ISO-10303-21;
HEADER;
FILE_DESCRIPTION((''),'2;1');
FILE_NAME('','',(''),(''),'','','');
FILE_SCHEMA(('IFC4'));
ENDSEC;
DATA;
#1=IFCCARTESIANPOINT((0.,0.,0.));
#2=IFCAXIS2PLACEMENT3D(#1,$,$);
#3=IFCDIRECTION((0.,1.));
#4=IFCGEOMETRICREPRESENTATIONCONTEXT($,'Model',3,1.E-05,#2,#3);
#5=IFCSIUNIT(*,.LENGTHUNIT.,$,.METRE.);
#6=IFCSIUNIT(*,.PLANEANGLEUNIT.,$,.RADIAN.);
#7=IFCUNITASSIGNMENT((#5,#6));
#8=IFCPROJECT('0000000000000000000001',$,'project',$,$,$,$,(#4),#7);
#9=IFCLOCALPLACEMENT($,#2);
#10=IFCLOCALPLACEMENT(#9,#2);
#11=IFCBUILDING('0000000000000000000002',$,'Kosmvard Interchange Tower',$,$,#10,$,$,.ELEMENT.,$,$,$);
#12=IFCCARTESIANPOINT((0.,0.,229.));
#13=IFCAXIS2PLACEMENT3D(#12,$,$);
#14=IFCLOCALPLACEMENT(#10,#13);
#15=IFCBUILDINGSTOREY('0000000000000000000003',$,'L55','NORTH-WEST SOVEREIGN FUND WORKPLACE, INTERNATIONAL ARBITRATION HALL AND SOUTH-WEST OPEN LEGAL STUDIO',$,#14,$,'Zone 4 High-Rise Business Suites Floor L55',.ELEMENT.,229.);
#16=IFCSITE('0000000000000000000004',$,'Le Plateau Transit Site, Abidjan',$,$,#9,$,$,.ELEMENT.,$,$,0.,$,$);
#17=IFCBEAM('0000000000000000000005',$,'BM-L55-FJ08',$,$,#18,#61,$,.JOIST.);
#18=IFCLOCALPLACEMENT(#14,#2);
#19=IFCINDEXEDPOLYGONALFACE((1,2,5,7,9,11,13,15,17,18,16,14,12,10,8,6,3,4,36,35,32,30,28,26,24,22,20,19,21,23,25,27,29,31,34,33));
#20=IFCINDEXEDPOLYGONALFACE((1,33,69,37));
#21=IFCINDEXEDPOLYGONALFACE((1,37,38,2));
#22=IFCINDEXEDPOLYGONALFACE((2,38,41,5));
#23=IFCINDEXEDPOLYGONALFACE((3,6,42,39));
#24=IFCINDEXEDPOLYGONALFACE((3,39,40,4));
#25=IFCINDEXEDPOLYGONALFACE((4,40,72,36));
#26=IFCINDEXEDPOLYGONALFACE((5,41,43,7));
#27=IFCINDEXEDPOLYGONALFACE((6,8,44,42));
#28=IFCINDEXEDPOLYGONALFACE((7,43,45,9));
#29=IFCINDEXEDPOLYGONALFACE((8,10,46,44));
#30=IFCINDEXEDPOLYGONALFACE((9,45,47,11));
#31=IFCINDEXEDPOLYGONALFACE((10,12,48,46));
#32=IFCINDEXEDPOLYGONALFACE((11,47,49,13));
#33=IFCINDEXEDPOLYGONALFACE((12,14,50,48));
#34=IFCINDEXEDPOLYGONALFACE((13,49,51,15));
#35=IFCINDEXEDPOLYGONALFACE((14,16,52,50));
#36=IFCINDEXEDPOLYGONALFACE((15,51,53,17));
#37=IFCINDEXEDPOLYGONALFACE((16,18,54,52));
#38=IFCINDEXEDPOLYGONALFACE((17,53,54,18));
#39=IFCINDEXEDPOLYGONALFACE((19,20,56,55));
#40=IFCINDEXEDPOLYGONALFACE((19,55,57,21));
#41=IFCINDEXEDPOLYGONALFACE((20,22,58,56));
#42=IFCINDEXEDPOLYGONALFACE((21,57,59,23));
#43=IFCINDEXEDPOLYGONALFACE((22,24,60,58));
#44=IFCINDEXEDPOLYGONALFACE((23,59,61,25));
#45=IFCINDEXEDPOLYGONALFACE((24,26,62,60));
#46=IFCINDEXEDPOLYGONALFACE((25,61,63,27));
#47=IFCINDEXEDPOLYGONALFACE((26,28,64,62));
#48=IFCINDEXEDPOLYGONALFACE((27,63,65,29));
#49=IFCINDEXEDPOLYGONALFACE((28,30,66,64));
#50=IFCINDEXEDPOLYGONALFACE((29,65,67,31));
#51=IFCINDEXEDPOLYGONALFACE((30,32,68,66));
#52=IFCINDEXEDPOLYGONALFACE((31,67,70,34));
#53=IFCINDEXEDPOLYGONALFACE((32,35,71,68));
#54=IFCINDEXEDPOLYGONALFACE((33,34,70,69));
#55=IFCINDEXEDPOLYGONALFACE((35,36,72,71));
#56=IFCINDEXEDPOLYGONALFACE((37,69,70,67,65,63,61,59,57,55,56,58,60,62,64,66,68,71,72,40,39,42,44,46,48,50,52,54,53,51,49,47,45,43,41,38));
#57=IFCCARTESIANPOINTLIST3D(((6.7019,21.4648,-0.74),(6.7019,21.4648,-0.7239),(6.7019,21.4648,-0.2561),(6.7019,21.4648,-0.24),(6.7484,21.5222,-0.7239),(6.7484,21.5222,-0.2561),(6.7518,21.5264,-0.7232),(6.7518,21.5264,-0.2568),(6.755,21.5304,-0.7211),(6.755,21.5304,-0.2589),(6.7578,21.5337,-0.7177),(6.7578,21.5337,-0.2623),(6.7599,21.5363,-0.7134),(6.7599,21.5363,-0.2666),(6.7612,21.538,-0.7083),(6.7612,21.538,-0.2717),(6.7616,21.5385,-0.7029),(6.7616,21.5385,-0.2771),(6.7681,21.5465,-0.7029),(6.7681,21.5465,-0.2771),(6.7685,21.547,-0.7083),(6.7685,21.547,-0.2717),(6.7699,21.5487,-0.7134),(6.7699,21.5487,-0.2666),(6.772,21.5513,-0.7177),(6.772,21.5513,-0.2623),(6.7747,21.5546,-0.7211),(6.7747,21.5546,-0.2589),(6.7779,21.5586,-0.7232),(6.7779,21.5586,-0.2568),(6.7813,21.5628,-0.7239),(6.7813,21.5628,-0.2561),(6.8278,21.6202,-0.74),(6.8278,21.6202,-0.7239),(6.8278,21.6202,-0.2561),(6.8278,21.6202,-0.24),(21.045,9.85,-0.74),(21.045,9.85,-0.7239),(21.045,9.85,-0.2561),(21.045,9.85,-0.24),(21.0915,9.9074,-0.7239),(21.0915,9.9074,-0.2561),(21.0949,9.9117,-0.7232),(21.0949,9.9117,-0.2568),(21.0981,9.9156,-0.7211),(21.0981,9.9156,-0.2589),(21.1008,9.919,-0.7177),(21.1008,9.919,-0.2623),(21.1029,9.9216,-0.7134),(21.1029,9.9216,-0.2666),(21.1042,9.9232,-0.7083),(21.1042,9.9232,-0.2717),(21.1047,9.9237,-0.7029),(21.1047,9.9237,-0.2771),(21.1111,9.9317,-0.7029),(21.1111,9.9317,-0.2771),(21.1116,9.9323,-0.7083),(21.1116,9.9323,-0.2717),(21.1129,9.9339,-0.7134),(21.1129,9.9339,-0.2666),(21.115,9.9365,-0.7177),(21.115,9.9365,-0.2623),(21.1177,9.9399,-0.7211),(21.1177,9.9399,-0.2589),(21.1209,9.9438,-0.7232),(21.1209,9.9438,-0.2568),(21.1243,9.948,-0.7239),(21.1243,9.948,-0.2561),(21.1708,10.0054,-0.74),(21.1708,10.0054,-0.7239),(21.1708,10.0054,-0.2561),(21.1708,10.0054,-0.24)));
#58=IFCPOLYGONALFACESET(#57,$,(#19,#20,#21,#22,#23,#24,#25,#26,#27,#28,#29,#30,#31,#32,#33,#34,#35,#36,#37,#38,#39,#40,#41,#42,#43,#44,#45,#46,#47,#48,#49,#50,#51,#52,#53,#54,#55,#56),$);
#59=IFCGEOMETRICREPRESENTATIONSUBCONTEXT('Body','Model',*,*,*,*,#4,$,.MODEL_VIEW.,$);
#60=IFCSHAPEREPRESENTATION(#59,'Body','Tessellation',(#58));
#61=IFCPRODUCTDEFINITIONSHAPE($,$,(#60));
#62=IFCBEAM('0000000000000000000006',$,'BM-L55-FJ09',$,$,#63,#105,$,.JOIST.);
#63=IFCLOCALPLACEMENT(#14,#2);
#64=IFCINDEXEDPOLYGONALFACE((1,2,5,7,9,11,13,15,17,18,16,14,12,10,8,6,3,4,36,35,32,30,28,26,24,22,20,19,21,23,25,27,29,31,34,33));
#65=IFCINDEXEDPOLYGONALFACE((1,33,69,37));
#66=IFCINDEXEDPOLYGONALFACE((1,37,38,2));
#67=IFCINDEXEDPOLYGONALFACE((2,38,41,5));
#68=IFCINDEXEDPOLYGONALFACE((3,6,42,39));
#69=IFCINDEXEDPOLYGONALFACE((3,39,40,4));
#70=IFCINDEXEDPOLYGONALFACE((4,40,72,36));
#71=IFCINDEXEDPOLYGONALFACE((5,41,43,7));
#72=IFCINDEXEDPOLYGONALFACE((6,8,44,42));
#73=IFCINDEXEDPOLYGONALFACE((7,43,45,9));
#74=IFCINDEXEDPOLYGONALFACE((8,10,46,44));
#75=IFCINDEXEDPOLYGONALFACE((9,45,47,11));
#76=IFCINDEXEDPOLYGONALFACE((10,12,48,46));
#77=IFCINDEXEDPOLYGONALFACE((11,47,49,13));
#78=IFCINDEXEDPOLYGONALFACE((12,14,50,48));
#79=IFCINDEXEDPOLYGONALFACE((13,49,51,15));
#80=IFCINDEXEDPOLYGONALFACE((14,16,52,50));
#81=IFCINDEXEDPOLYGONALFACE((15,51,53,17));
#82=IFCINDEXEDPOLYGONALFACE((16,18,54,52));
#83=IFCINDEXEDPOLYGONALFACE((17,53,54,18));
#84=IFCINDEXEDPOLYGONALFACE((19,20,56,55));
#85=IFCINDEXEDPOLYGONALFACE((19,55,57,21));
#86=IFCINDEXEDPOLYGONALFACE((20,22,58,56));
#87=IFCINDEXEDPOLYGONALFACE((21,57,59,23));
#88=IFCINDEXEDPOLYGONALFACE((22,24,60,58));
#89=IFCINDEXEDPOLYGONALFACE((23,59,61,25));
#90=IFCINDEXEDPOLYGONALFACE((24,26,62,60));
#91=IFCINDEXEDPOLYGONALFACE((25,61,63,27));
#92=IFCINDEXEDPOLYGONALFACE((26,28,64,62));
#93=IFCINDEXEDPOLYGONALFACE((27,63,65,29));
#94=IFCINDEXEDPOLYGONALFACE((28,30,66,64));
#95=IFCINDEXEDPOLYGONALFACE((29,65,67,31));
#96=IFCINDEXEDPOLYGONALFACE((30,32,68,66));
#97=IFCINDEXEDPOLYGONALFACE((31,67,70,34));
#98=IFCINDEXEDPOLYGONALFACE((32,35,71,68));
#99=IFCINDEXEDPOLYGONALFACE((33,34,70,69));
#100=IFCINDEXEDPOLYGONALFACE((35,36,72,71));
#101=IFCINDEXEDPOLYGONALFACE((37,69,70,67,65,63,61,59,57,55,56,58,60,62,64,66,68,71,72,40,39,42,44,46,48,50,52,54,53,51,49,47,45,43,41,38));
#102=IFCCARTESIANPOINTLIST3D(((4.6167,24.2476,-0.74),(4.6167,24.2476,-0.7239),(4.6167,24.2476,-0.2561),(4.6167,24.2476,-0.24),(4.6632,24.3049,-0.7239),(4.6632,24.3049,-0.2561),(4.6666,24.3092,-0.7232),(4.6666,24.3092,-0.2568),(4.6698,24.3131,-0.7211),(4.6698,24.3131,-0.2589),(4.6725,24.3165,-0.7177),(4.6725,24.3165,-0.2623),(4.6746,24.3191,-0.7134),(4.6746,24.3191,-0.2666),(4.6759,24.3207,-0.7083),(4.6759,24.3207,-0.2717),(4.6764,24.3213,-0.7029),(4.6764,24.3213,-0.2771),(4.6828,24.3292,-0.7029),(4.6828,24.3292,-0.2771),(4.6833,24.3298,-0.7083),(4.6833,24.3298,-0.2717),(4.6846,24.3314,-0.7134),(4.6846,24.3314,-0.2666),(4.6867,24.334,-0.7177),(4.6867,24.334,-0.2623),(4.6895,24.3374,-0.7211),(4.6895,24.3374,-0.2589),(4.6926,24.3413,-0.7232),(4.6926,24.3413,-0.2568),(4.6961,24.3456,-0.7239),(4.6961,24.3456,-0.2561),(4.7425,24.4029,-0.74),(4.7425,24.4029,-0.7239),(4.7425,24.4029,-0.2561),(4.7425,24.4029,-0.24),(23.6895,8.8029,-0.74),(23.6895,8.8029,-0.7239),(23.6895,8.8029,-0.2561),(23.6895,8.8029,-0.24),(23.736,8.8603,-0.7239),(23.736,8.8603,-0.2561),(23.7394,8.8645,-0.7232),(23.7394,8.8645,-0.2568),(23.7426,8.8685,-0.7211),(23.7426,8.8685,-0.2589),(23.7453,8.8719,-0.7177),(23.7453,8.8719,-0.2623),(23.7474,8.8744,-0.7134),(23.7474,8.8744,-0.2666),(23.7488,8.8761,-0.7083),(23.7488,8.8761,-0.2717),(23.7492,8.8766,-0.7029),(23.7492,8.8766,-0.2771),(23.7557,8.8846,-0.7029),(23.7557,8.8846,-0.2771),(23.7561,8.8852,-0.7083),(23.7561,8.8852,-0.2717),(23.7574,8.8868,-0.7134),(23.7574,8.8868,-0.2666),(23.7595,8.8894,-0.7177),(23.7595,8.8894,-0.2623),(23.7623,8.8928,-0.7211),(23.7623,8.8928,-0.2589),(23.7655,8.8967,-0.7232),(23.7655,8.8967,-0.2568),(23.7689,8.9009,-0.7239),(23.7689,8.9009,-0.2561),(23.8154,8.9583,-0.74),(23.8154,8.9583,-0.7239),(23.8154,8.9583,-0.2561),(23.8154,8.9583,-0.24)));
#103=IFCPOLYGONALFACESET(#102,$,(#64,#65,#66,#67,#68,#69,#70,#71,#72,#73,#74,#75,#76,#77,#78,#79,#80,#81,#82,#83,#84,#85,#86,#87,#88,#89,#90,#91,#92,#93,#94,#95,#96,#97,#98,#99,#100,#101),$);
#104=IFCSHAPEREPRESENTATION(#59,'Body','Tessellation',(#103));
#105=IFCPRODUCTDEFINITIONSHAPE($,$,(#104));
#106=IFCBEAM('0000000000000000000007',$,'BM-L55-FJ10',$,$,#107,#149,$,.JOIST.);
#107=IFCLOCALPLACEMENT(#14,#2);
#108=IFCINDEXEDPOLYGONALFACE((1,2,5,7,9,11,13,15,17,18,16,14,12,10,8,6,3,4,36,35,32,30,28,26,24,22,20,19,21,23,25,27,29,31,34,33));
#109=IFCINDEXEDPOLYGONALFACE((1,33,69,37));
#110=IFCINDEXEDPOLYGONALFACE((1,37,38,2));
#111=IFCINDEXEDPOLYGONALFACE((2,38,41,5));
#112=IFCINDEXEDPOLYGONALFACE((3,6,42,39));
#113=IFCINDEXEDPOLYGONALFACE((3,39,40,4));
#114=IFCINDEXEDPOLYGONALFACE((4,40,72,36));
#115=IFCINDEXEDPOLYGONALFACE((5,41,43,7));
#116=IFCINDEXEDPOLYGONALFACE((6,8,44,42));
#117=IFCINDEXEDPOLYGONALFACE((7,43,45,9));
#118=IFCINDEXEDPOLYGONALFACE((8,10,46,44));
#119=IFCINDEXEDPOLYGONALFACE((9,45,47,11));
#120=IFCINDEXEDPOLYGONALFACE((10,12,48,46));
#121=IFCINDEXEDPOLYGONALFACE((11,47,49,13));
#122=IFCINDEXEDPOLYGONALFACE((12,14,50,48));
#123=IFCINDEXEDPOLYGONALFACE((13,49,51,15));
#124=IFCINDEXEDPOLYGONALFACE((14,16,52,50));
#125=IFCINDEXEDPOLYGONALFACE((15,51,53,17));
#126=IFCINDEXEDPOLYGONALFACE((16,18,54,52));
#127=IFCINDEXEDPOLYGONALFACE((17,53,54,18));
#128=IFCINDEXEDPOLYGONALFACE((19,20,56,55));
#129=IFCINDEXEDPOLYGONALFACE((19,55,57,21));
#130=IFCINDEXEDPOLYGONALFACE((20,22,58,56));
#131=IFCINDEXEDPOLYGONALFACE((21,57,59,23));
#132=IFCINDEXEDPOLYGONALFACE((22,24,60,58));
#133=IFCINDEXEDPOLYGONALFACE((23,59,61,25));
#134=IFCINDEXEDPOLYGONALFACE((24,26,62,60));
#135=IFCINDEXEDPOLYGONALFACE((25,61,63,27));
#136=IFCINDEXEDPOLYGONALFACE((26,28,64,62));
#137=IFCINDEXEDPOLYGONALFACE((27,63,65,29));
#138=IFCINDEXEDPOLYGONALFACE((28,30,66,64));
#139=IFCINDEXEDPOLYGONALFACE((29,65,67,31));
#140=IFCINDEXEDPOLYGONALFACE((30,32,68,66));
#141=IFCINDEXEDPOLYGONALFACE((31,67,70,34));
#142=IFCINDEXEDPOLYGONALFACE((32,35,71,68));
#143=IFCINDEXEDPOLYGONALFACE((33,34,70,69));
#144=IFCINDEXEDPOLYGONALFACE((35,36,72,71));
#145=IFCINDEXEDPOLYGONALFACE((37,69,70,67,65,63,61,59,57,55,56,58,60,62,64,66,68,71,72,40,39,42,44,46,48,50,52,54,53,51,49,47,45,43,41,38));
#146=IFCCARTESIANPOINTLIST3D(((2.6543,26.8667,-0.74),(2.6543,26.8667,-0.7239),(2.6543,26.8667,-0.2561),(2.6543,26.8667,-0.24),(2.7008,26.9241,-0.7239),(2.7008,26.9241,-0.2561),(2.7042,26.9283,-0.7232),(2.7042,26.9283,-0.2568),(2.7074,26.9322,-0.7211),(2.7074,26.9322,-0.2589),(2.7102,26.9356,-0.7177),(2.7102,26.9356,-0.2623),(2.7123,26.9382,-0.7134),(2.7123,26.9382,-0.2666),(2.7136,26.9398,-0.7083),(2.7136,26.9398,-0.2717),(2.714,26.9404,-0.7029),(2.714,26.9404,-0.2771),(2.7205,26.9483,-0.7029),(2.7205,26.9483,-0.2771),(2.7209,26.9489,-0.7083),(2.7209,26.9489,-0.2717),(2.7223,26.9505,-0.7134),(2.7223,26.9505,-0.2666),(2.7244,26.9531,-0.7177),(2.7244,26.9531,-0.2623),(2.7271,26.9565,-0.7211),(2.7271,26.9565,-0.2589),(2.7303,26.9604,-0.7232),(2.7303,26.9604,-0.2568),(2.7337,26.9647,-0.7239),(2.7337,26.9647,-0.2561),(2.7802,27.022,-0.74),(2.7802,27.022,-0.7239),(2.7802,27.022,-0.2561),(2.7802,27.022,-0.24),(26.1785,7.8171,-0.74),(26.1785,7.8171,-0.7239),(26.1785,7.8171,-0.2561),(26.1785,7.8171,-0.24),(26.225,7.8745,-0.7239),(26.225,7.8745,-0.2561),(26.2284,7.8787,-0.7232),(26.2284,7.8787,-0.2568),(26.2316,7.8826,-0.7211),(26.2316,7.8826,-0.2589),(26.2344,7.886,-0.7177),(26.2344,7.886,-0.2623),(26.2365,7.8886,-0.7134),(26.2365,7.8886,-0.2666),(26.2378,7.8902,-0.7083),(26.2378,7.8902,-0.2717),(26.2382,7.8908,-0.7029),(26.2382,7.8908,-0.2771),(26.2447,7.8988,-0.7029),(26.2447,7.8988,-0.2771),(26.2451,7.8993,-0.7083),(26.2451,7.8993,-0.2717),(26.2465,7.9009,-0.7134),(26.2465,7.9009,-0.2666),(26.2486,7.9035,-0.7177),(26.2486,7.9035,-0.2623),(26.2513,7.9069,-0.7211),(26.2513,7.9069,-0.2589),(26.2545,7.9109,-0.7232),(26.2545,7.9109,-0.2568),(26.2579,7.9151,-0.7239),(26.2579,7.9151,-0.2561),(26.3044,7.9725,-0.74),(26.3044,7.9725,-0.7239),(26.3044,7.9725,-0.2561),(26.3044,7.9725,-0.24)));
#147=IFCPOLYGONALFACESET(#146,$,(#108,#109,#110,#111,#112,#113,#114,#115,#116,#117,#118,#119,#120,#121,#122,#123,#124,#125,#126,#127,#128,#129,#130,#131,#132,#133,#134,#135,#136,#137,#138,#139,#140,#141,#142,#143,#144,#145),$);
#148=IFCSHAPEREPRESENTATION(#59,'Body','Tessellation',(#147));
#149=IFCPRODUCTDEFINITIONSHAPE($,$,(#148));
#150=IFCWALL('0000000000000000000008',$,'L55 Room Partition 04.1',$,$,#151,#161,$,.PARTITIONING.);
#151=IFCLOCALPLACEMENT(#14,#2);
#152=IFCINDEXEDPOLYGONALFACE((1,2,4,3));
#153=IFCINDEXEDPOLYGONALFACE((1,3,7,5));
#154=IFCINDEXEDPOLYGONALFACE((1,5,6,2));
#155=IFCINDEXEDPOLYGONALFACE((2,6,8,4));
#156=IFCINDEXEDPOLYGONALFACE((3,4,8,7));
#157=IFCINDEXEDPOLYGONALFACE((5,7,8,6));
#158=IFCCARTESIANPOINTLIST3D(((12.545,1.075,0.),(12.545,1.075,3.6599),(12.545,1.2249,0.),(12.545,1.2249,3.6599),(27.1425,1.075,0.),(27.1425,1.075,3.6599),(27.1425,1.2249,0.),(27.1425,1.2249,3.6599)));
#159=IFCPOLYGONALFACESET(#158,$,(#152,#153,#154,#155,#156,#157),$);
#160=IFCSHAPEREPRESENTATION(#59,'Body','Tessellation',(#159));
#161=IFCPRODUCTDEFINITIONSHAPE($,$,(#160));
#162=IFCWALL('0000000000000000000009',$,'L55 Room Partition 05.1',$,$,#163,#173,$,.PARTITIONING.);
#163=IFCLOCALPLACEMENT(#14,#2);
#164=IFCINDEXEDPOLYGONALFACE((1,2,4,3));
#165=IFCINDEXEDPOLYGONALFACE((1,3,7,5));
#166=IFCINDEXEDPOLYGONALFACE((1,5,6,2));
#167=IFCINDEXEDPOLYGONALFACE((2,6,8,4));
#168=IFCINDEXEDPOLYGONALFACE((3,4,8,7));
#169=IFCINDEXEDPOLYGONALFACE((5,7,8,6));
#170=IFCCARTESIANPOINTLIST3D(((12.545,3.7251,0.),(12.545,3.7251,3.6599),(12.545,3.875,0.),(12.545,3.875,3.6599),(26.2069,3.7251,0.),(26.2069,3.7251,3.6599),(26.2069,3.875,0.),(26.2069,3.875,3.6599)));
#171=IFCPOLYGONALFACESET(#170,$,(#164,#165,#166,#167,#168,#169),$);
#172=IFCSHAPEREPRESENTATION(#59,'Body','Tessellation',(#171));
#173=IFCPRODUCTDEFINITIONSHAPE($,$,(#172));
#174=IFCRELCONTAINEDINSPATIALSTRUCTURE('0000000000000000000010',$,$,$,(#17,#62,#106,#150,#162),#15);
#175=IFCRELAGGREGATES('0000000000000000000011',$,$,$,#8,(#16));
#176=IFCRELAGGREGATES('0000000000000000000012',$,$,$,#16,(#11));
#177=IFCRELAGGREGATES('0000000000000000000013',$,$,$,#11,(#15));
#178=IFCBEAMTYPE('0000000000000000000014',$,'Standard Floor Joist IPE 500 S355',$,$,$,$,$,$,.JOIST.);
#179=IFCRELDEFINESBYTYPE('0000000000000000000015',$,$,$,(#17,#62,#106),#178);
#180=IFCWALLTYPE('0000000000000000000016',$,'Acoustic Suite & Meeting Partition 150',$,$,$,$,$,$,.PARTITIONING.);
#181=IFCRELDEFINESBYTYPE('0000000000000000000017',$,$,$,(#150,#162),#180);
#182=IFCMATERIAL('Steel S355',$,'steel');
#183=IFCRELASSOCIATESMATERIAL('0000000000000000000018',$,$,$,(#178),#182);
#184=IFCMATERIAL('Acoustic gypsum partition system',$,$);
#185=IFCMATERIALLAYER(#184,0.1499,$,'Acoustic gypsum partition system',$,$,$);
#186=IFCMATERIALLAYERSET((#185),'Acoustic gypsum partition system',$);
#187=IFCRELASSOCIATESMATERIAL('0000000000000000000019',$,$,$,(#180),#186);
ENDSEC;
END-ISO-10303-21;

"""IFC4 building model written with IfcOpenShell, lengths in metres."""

from ifc_helpers import new_model, si_unit, direction, frame, frame_2d, origin, origin_2d, place, context, subcontext, project, spatial, rectangle, i_section, extrude, source, transform, mapped, material, layer, layer_set, material_profile, profile_set, type_object, element, save


model = new_model("IFC4")

# Units and contexts
model_context = context("Model", 3, precision=1e-05, world=origin(), true_north=direction((0.0, 1.0)))
body_context = subcontext(model_context, "Body", "Model", "MODEL_VIEW")
ifc_project = project(units=[si_unit("LENGTHUNIT", "METRE"), si_unit("PLANEANGLEUNIT", "RADIAN")], contexts=[model_context])

# Site, building, storey
site_placement = place(None, origin())
site = spatial("IfcSite", under=ifc_project, at=site_placement, Name="Le Plateau Transit Site, Abidjan", CompositionType="ELEMENT", RefElevation=0.0)
building_placement = place(site_placement, origin())
building = spatial("IfcBuilding", under=site, at=building_placement, Name="Kosmvard Interchange Tower", CompositionType="ELEMENT")
storey_placement = place(building_placement, frame((0.0, 0.0, 229.0)))
storey = spatial("IfcBuildingStorey", under=building, at=storey_placement, Name="L55", Description="NORTH-WEST SOVEREIGN FUND WORKPLACE, INTERNATIONAL ARBITRATION HALL AND SOUTH-WEST OPEN LEGAL STUDIO", LongName="Zone 4 High-Rise Business Suites Floor L55", CompositionType="ELEMENT", Elevation=229.0)

# Beams
ifc_material_1 = material(Name="Steel S355", Category="steel")
ifc_material_profile_1 = material_profile(ifc_material_1, i_section(OverallWidth=0.2, OverallDepth=0.5, WebThickness=0.0103, FlangeThickness=0.0161, FilletRadius=0.021, at=origin_2d()), Name="IPE 500")
ifc_profile_set_1 = profile_set([ifc_material_profile_1], Name="Steel S355")
beam_type_1 = type_object("IfcBeamType", Name="Standard Floor Joist IPE 500 S355", PredefinedType="JOIST", material=ifc_profile_set_1)
shared_shape_1 = source(origin(), body_context, "Body", "SweptSolid", [
    extrude(i_section(OverallWidth=0.2, OverallDepth=0.5, WebThickness=0.0103, FlangeThickness=0.0161, FilletRadius=0.021, at=origin_2d()), origin(), (0.0, 0.0, 1.0), 18.4561),
])
beam_1_placement = place(storey_placement, frame((21.1079, 9.9277, -0.49), z_axis=(-0.777146, 0.62932, 0.0), x_axis=(-0.62932, -0.777146, 0.0)))
element("IfcBeam", 1, at=beam_1_placement, inside=storey, type_object=beam_type_1, Name="BM-L55-FJ08", PredefinedType="JOIST", context=body_context, shape_type="MappedRepresentation", body=[
    mapped(shared_shape_1, transform((0.0, 0.0, 0.0), scale=1.0)),
])
shared_shape_2 = source(origin(), body_context, "Body", "SweptSolid", [
    extrude(i_section(OverallWidth=0.2, OverallDepth=0.5, WebThickness=0.0103, FlangeThickness=0.0161, FilletRadius=0.021, at=origin_2d()), origin(), (0.0, 0.0, 1.0), 24.542),
])
beam_2_placement = place(storey_placement, frame((23.7524, 8.8806, -0.49), z_axis=(-0.777151, 0.629315, 0.0), x_axis=(-0.629315, -0.777151, 0.0)))
element("IfcBeam", 2, at=beam_2_placement, inside=storey, type_object=beam_type_1, Name="BM-L55-FJ09", PredefinedType="JOIST", context=body_context, shape_type="MappedRepresentation", body=[
    mapped(shared_shape_2, transform((0.0, 0.0, 0.0), scale=1.0)),
])
shared_shape_3 = source(origin(), body_context, "Body", "SweptSolid", [
    extrude(i_section(OverallWidth=0.2, OverallDepth=0.5, WebThickness=0.0103, FlangeThickness=0.0161, FilletRadius=0.021, at=origin_2d()), origin(), (0.0, 0.0, 1.0), 30.27),
])
beam_3_placement = place(storey_placement, frame((26.2415, 7.8948, -0.49), z_axis=(-0.777145, 0.629322, 0.0), x_axis=(-0.629322, -0.777145, 0.0)))
element("IfcBeam", 3, at=beam_3_placement, inside=storey, type_object=beam_type_1, Name="BM-L55-FJ10", PredefinedType="JOIST", context=body_context, shape_type="MappedRepresentation", body=[
    mapped(shared_shape_3, transform((0.0, 0.0, 0.0), scale=1.0)),
])

# Walls
ifc_material_2 = material(Name="Acoustic gypsum partition system")
ifc_layer_1 = layer(ifc_material_2, 0.1499, Name="Acoustic gypsum partition system")
ifc_layer_set_1 = layer_set([ifc_layer_1], Name="Acoustic gypsum partition system")
wall_type_1 = type_object("IfcWallType", Name="Acoustic Suite & Meeting Partition 150", PredefinedType="PARTITIONING", material=ifc_layer_set_1)
wall_1_placement = place(storey_placement, frame((12.5449, 1.1499, 0.0), z_axis=(0.0, 0.0, 1.0), x_axis=(1.0, 0.0, 0.0)))
element("IfcWall", 4, at=wall_1_placement, inside=storey, type_object=wall_type_1, Name="L55 Room Partition 04.1", PredefinedType="PARTITIONING", context=body_context, shape_type="SweptSolid", body=[
    extrude(rectangle(XDim=14.5974, YDim=0.1499, at=frame_2d((7.2988, 0.0))), origin(), (0.0, 0.0, 1.0), 3.6599),
])
wall_2_placement = place(storey_placement, frame((12.5449, 3.8, 0.0), z_axis=(0.0, 0.0, 1.0), x_axis=(1.0, 0.0, 0.0)))
element("IfcWall", 5, at=wall_2_placement, inside=storey, type_object=wall_type_1, Name="L55 Room Partition 05.1", PredefinedType="PARTITIONING", context=body_context, shape_type="SweptSolid", body=[
    extrude(rectangle(XDim=13.6619, YDim=0.1499, at=frame_2d((6.8311, 0.0))), origin(), (0.0, 0.0, 1.0), 3.6599),
])

save(model, "model.ifc")
